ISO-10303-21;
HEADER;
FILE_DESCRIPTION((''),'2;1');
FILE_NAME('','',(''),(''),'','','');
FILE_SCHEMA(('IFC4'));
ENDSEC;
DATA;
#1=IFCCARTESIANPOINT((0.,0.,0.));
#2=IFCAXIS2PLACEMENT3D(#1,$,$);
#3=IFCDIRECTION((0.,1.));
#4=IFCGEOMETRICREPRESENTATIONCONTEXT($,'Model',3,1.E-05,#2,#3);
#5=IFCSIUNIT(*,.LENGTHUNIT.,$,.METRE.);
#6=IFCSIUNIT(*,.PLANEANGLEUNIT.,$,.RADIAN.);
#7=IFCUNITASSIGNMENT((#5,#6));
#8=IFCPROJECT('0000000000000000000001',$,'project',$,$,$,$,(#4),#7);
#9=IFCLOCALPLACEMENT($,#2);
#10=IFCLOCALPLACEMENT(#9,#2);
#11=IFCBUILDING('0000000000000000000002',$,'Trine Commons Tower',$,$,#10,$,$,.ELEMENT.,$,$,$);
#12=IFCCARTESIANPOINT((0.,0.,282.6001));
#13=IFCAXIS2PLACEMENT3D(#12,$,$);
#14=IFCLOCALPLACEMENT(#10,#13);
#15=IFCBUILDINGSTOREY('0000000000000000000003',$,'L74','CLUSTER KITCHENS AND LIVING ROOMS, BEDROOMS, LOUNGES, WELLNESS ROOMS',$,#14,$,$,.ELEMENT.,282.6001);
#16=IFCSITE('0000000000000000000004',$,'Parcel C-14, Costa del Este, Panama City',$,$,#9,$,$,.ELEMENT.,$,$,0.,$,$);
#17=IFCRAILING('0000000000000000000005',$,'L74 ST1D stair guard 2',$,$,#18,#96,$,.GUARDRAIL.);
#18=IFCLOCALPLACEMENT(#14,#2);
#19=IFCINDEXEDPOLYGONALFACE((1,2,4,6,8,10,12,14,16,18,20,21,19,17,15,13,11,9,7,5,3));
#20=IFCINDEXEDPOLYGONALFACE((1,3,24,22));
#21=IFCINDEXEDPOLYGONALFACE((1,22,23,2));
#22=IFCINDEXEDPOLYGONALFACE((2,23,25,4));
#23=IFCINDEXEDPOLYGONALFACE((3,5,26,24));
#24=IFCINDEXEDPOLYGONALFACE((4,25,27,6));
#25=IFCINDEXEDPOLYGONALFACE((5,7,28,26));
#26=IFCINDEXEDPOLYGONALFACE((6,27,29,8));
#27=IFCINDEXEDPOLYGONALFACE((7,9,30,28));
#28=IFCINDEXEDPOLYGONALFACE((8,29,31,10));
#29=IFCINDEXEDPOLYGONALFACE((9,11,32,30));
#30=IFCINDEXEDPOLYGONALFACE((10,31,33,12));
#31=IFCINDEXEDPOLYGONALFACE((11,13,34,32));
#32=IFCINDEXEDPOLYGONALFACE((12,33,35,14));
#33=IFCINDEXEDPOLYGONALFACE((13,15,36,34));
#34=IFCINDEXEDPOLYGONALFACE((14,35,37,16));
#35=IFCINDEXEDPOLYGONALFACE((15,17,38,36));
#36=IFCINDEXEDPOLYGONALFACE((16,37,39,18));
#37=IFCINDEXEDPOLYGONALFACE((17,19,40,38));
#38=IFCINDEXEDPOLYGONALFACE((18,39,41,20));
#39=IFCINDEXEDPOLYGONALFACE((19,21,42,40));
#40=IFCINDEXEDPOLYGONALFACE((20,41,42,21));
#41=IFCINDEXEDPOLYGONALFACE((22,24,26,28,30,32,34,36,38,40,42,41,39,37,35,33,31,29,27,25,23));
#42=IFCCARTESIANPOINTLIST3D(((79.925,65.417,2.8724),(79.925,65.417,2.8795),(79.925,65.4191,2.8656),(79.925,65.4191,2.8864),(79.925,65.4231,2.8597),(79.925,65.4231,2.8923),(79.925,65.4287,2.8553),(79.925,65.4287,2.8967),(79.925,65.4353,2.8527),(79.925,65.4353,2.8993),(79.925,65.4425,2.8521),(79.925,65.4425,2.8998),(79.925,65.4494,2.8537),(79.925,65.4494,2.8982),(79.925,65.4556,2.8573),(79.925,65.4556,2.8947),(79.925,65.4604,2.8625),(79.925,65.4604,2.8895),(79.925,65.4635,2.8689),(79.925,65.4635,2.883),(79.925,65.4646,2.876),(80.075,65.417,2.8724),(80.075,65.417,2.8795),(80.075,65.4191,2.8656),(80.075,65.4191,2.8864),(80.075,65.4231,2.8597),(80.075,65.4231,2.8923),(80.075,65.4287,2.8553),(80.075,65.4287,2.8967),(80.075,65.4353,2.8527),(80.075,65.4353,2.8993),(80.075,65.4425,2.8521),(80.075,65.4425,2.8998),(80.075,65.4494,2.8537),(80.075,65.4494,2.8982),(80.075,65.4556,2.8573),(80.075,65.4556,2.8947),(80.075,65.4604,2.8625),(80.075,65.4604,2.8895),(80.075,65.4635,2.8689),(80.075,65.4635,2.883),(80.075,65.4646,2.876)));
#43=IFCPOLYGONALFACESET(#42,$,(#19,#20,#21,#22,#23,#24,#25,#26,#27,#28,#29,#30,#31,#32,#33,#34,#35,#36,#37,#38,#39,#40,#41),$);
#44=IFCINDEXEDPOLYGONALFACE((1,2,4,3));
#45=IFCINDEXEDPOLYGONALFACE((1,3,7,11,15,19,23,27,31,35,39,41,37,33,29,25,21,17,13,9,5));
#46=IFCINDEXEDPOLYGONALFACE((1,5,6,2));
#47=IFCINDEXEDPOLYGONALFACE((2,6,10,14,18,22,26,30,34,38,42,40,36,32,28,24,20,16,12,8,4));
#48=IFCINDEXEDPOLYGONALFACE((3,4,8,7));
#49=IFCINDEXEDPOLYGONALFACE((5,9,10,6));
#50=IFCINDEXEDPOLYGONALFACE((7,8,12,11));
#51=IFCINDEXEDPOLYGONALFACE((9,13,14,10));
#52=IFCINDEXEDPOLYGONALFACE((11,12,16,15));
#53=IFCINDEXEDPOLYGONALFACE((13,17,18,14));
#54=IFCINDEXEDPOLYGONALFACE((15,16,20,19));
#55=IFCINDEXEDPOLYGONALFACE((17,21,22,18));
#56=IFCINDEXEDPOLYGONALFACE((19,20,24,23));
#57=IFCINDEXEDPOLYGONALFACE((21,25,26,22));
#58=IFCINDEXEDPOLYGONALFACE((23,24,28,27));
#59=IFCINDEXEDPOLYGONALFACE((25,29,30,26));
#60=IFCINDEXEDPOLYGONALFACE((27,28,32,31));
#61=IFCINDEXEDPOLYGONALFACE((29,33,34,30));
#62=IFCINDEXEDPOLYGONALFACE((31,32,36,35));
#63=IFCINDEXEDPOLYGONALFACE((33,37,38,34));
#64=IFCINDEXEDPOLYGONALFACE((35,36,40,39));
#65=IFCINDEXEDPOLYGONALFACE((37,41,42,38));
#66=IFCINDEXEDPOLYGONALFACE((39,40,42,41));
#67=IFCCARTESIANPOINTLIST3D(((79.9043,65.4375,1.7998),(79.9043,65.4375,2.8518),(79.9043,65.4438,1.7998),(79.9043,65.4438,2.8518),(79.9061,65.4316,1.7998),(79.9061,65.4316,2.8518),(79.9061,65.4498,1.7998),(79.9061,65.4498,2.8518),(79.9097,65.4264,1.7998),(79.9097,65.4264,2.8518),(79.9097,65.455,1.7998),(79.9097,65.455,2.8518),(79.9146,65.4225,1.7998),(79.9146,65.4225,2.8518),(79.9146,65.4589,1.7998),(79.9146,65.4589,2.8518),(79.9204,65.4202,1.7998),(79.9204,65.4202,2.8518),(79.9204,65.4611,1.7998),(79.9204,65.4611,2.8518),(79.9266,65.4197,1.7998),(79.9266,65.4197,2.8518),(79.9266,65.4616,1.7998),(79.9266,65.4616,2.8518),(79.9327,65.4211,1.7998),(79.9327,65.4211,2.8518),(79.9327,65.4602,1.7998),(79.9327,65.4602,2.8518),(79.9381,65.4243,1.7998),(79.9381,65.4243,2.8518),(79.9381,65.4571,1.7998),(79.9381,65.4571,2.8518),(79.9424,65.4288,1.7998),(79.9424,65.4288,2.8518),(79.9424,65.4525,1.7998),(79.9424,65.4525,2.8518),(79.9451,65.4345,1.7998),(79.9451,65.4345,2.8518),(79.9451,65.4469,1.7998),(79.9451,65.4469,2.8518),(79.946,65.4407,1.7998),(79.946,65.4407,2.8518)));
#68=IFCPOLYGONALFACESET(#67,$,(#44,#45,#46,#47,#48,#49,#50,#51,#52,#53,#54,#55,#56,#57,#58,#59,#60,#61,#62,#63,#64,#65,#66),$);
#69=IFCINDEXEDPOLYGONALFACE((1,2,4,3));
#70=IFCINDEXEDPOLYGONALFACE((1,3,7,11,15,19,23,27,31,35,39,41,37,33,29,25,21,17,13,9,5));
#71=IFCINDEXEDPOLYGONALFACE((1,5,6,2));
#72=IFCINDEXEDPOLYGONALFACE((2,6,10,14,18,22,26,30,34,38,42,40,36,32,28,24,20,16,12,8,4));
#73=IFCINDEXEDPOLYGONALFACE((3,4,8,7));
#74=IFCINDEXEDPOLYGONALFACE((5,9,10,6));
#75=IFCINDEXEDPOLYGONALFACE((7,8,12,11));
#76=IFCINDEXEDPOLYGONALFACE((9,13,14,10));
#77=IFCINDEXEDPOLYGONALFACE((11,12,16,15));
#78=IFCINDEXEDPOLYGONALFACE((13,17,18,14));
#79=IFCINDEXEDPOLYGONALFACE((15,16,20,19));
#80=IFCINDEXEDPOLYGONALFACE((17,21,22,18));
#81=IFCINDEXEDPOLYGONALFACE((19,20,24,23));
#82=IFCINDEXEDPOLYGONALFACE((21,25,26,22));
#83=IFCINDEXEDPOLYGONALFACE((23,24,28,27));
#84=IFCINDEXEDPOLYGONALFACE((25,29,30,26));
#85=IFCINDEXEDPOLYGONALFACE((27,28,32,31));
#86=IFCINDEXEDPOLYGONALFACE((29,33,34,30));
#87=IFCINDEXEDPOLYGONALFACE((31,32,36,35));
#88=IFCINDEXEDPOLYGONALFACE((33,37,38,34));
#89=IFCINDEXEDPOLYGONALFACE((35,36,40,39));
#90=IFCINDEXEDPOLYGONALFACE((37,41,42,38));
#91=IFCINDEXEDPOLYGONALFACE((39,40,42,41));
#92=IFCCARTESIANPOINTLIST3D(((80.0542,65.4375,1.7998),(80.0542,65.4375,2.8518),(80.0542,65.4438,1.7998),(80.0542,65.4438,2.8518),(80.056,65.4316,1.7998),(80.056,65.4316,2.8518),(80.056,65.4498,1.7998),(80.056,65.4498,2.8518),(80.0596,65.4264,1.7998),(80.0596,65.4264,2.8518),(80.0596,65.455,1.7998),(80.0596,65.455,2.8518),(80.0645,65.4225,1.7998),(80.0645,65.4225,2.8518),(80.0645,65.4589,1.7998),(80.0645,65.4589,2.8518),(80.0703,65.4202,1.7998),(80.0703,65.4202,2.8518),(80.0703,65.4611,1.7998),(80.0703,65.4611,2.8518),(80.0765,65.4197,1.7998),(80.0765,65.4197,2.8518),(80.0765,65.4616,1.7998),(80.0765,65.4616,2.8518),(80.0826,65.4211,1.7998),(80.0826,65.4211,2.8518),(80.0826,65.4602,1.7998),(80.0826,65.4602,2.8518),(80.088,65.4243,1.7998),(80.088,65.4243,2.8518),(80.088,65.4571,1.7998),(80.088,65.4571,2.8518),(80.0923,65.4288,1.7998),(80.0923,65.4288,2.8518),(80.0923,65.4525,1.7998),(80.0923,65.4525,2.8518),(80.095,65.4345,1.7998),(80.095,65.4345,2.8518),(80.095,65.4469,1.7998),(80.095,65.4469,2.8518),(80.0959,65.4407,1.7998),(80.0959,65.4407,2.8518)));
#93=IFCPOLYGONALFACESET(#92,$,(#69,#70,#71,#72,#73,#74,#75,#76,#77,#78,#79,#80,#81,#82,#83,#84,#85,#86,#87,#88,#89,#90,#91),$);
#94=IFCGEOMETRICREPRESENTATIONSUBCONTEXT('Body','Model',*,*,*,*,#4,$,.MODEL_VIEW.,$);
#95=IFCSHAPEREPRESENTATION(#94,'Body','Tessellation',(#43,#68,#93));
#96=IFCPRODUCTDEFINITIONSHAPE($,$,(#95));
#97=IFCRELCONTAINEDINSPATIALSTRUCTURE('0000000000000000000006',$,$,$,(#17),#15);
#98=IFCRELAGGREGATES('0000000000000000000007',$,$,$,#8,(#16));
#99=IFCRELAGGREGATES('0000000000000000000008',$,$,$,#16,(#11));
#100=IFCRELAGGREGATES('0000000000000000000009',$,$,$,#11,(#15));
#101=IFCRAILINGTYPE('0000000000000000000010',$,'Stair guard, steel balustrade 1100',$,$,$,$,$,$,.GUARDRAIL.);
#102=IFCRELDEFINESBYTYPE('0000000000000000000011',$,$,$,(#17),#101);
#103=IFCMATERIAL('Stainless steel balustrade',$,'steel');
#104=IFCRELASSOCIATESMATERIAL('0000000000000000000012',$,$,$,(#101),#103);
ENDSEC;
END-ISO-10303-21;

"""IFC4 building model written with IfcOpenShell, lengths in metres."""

from ifc_helpers import new_model, si_unit, direction, frame, origin, origin_2d, place, context, subcontext, project, spatial, circle, extrude, material, type_object, element, save


model = new_model("IFC4")

# Units and contexts
model_context = context("Model", 3, precision=1e-05, world=origin(), true_north=direction((0.0, 1.0)))
body_context = subcontext(model_context, "Body", "Model", "MODEL_VIEW")
ifc_project = project(units=[si_unit("LENGTHUNIT", "METRE"), si_unit("PLANEANGLEUNIT", "RADIAN")], contexts=[model_context])

# Site, building, storey
site_placement = place(None, origin())
site = spatial("IfcSite", under=ifc_project, at=site_placement, Name="Parcel C-14, Costa del Este, Panama City", CompositionType="ELEMENT", RefElevation=0.0)
building_placement = place(site_placement, origin())
building = spatial("IfcBuilding", under=site, at=building_placement, Name="Trine Commons Tower", CompositionType="ELEMENT")
storey_placement = place(building_placement, frame((0.0, 0.0, 282.6001)))
storey = spatial("IfcBuildingStorey", under=building, at=storey_placement, Name="L74", Description="CLUSTER KITCHENS AND LIVING ROOMS, BEDROOMS, LOUNGES, WELLNESS ROOMS", CompositionType="ELEMENT", Elevation=282.6001)

# Railing
ifc_material_1 = material(Name="Stainless steel balustrade", Category="steel")
railing_type_1 = type_object("IfcRailingType", Name="Stair guard, steel balustrade 1100", PredefinedType="GUARDRAIL", material=ifc_material_1)
railing_1_placement = place(storey_placement, frame((79.925, 65.4407, 1.7998)))
element("IfcRailing", 1, at=railing_1_placement, inside=storey, type_object=railing_type_1, Name="L74 ST1D stair guard 2", PredefinedType="GUARDRAIL", context=body_context, shape_type="SweptSolid", body=[
    extrude(circle(Radius=0.0239, at=origin_2d()), frame((0.0, 0.0, 1.0762), z_axis=(1.0, 0.0, 0.0), x_axis=(0.0, 1.0, 0.0)), (0.0, 0.0, 1.0), 0.1499),
    extrude(circle(Radius=0.021, at=origin_2d()), origin(), (0.0, 0.0, 1.0), 1.052),
    extrude(circle(Radius=0.021, at=origin_2d()), frame((0.1499, 0.0, 0.0)), (0.0, 0.0, 1.0), 1.052),
])

save(model, "model.ifc")
